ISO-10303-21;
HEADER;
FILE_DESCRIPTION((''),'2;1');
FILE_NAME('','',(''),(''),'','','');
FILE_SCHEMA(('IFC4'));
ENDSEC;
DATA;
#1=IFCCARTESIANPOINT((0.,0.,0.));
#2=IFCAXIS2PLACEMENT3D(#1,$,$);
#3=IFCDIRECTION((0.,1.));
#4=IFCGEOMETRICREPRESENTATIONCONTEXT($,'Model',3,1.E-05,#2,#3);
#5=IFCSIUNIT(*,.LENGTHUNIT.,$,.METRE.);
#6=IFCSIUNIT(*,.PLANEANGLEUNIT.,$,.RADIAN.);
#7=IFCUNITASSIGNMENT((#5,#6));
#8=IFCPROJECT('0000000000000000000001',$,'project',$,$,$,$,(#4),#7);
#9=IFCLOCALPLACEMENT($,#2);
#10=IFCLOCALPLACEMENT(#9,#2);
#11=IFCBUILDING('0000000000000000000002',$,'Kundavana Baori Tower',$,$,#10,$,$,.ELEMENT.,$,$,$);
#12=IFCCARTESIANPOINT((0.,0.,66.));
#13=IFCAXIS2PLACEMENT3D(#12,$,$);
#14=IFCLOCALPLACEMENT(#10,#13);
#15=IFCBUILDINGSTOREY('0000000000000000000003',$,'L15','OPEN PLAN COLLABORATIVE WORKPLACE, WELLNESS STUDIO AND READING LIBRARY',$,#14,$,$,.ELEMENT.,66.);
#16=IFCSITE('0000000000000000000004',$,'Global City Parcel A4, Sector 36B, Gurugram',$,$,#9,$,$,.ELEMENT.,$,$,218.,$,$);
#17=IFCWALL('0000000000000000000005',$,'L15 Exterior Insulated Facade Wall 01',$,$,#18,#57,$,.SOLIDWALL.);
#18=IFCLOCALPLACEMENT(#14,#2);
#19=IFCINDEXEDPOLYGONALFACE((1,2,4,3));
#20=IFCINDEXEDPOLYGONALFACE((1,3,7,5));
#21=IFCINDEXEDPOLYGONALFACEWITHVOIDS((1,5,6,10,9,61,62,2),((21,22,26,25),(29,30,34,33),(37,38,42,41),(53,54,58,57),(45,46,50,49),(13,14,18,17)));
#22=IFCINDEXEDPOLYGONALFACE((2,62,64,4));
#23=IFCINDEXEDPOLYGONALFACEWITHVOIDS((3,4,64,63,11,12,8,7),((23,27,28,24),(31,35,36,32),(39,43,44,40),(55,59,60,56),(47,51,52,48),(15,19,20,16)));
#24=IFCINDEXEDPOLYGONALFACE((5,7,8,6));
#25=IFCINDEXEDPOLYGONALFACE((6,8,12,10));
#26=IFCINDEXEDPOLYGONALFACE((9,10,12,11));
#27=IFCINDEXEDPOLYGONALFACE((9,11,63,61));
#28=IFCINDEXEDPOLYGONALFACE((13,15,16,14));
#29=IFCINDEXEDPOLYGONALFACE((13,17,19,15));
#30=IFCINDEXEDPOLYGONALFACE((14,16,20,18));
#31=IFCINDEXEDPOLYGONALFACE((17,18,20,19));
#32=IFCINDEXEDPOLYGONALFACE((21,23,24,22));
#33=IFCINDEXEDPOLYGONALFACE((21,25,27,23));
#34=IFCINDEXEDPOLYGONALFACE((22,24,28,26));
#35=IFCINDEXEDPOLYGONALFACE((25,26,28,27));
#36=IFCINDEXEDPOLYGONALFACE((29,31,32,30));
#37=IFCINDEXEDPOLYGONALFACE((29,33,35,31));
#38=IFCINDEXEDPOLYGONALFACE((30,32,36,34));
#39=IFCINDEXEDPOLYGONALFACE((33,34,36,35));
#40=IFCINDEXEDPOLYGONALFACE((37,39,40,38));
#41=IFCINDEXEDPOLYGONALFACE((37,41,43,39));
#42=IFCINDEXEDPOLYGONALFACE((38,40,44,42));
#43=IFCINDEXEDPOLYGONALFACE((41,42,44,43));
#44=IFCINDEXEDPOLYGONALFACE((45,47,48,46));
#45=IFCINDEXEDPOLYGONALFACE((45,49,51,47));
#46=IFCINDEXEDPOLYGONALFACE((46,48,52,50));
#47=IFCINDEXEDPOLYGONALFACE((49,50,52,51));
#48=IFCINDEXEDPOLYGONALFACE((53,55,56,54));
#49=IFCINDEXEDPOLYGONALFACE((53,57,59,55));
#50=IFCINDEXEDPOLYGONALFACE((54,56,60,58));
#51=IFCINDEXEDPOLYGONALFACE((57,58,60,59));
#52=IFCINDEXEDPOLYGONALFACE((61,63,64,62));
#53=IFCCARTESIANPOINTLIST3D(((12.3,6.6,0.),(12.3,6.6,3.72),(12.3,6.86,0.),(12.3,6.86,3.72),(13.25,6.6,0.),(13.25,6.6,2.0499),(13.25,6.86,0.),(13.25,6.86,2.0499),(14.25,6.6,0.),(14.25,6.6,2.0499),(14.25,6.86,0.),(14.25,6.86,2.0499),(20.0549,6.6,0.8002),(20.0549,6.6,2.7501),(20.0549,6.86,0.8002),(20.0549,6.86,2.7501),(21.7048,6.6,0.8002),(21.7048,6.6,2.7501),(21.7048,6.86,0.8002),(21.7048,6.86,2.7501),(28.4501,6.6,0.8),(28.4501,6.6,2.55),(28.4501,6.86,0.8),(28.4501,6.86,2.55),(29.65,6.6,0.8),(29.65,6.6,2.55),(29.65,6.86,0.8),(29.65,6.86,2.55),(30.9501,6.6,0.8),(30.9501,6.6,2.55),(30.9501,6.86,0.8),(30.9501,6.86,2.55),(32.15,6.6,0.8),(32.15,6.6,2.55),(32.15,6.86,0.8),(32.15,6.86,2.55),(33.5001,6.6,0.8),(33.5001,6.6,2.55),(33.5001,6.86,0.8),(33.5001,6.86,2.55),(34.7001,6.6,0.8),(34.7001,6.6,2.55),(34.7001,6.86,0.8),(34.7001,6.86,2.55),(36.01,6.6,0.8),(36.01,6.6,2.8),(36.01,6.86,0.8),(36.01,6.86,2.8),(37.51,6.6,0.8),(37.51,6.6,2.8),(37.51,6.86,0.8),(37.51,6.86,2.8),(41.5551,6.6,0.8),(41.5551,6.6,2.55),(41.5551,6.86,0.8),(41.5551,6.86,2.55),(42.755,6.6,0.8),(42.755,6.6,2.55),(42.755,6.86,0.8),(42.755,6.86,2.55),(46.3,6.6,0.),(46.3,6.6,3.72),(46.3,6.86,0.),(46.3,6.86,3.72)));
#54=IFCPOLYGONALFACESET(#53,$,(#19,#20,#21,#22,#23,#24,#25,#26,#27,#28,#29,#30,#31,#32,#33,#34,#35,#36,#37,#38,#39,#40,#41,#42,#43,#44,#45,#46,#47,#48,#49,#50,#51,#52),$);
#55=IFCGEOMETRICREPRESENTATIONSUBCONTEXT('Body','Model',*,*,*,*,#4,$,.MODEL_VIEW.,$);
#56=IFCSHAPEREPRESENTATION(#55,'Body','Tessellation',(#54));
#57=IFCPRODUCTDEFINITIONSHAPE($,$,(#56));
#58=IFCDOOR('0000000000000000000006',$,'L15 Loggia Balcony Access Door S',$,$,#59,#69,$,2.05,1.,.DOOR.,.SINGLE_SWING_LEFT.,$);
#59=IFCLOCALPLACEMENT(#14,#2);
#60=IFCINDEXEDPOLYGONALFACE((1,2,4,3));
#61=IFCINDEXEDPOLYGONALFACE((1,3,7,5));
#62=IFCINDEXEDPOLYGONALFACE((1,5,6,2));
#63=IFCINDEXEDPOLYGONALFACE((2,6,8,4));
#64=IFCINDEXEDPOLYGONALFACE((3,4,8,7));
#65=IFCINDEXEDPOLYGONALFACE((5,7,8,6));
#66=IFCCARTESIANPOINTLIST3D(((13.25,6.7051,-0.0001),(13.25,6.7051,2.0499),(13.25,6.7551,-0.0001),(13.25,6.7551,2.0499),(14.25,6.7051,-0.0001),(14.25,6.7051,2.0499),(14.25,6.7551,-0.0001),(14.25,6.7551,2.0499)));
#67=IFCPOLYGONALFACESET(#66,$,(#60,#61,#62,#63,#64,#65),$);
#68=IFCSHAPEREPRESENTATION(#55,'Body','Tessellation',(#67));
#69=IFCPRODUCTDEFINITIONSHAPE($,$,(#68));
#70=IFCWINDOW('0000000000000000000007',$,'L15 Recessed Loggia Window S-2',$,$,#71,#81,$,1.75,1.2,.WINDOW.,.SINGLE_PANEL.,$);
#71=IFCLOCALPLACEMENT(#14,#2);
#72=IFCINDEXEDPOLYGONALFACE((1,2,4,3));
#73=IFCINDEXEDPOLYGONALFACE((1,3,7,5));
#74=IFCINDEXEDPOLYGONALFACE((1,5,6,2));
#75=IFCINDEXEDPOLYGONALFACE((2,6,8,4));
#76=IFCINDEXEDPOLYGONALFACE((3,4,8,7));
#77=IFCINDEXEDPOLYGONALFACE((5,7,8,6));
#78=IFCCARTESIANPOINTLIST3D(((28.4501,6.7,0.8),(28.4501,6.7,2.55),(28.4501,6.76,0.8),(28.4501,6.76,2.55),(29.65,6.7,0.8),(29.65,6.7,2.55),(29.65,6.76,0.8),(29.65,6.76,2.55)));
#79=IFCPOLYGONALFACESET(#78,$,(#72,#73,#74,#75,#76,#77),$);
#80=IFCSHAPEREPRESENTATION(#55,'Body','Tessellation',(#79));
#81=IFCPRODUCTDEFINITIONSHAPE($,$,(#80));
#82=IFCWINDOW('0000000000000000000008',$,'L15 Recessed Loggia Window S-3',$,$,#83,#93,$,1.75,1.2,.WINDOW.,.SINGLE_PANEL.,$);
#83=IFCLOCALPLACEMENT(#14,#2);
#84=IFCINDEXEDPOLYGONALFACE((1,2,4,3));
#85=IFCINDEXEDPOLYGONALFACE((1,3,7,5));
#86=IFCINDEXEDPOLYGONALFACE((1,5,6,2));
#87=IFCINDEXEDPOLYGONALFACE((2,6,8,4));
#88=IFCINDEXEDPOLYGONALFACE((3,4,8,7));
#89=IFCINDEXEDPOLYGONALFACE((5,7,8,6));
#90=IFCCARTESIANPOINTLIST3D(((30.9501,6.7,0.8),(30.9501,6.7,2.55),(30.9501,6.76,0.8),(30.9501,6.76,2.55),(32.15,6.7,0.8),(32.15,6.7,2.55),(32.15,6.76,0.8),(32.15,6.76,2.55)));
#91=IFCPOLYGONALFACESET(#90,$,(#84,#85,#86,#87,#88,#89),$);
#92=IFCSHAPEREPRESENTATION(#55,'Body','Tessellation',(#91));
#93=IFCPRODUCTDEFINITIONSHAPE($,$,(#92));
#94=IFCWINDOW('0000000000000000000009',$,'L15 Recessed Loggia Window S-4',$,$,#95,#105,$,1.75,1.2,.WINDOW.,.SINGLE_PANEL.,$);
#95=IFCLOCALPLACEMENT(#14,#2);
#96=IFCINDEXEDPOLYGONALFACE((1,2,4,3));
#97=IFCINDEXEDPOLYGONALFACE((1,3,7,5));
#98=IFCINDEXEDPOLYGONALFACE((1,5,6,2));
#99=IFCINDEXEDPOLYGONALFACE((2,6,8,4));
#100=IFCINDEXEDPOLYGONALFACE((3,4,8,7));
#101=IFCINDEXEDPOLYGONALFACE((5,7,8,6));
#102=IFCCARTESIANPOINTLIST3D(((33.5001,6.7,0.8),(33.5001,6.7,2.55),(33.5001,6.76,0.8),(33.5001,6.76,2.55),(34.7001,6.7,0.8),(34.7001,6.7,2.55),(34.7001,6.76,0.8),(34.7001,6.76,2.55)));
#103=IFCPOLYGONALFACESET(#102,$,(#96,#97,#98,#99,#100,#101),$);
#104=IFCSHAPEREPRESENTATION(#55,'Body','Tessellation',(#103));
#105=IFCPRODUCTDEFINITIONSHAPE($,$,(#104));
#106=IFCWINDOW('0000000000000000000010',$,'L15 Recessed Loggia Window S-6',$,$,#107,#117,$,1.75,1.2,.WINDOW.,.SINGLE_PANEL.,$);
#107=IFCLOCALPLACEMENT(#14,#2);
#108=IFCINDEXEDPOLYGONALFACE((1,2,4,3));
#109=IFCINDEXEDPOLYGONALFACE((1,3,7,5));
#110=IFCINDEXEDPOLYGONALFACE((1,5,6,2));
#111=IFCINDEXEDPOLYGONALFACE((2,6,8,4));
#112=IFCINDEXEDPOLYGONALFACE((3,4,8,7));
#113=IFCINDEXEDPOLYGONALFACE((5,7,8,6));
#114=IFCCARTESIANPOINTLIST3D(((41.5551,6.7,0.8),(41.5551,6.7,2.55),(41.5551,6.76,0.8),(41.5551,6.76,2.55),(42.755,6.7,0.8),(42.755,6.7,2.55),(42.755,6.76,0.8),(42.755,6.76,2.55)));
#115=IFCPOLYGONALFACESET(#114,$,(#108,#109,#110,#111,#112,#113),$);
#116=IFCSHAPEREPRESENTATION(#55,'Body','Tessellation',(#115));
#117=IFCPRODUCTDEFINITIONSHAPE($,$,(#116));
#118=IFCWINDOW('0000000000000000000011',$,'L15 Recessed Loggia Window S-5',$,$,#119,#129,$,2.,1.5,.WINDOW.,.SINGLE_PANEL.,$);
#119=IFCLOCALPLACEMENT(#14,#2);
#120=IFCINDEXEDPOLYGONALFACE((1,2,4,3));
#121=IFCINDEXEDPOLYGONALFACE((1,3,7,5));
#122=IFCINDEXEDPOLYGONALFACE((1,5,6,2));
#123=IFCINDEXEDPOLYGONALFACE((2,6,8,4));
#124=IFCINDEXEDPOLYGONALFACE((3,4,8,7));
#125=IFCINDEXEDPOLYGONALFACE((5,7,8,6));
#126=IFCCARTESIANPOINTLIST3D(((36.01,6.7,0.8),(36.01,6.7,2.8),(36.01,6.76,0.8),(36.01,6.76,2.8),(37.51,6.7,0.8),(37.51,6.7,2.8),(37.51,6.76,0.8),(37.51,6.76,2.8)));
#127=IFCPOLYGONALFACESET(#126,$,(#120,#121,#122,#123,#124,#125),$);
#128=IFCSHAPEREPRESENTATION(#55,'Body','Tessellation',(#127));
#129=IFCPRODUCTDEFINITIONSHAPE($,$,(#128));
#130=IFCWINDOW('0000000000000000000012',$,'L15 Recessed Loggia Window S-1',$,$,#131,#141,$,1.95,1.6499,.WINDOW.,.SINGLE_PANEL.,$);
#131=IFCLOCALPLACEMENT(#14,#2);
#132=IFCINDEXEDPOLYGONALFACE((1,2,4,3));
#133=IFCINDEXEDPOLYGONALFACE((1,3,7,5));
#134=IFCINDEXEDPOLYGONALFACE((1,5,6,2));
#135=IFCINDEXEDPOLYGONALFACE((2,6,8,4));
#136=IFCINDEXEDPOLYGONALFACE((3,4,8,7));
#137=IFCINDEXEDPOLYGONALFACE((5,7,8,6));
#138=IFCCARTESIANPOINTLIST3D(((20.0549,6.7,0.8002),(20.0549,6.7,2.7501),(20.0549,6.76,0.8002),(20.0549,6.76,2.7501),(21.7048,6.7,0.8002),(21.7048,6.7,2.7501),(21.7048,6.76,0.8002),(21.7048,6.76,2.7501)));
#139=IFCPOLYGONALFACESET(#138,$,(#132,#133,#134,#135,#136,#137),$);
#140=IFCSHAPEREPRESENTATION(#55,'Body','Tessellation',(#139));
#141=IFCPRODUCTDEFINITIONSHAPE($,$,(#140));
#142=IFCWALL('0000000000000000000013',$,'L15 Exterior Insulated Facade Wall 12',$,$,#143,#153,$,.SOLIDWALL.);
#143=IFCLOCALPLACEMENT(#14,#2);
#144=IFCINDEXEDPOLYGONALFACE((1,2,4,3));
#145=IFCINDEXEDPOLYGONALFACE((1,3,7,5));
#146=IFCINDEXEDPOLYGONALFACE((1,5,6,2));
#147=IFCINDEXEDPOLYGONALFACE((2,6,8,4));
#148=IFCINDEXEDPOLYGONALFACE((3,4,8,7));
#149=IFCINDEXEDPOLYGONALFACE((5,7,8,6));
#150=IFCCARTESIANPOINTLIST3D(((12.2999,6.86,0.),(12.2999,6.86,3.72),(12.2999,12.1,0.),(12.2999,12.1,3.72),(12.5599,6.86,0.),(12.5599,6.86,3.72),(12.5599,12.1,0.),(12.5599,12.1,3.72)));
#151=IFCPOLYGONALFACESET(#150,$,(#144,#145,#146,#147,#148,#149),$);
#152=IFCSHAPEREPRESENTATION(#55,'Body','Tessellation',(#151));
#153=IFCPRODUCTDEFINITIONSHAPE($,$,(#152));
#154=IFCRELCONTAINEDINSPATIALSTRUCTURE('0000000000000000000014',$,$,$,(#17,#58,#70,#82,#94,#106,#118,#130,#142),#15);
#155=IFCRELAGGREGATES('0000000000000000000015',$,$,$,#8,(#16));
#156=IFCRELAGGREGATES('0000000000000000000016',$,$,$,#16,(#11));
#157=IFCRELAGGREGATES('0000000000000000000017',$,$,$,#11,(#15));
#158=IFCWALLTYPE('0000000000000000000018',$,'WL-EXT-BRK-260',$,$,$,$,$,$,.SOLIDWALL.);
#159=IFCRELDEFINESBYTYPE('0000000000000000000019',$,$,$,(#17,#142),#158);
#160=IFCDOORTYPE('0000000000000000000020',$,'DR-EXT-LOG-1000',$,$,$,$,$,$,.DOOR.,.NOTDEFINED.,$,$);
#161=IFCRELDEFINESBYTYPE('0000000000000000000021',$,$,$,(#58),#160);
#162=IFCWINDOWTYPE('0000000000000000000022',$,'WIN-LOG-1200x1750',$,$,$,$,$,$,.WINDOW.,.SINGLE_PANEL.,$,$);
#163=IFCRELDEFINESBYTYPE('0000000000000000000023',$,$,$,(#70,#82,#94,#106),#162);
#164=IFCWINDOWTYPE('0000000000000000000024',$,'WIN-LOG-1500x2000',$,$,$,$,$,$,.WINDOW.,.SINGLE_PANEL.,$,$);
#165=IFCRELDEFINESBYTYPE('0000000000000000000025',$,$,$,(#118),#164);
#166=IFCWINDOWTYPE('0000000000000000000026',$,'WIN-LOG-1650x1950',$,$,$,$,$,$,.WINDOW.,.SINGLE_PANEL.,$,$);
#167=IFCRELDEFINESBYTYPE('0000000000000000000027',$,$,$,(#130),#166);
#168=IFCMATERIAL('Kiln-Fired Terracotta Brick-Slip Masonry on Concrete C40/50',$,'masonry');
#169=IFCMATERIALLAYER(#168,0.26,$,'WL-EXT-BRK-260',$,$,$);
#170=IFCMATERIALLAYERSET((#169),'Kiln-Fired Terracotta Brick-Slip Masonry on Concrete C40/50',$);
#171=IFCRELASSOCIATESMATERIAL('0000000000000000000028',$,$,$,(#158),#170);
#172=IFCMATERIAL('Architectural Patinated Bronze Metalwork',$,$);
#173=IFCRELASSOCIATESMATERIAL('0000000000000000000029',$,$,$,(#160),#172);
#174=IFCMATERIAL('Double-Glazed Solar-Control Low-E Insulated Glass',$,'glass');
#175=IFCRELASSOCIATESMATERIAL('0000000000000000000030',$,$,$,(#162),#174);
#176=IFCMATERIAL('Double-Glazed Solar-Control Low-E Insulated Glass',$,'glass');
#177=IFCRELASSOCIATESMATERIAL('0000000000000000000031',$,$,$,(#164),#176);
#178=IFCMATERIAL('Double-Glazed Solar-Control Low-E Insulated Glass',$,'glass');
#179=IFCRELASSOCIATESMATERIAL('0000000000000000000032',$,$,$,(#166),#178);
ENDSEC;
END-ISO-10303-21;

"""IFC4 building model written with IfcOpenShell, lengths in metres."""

from ifc_helpers import new_model, si_unit, direction, frame, frame_2d, origin, place, context, subcontext, project, spatial, rectangle, extrude, material, layer, layer_set, type_object, element, fill, save


model = new_model("IFC4")

# Units and contexts
model_context = context("Model", 3, precision=1e-05, world=origin(), true_north=direction((0.0, 1.0)))
body_context = subcontext(model_context, "Body", "Model", "MODEL_VIEW")
ifc_project = project(units=[si_unit("LENGTHUNIT", "METRE"), si_unit("PLANEANGLEUNIT", "RADIAN")], contexts=[model_context])

# Site, building, storey
site_placement = place(None, origin())
site = spatial("IfcSite", under=ifc_project, at=site_placement, Name="Global City Parcel A4, Sector 36B, Gurugram", CompositionType="ELEMENT", RefElevation=218.0)
building_placement = place(site_placement, origin())
building = spatial("IfcBuilding", under=site, at=building_placement, Name="Kundavana Baori Tower", CompositionType="ELEMENT")
storey_placement = place(building_placement, frame((0.0, 0.0, 66.0)))
storey = spatial("IfcBuildingStorey", under=building, at=storey_placement, Name="L15", Description="OPEN PLAN COLLABORATIVE WORKPLACE, WELLNESS STUDIO AND READING LIBRARY", CompositionType="ELEMENT", Elevation=66.0)

# Wall, openings, door, windows
ifc_material_1 = material(Name="Kiln-Fired Terracotta Brick-Slip Masonry on Concrete C40/50", Category="masonry")
ifc_layer_1 = layer(ifc_material_1, 0.26, Name="WL-EXT-BRK-260")
ifc_layer_set_1 = layer_set([ifc_layer_1], Name="Kiln-Fired Terracotta Brick-Slip Masonry on Concrete C40/50")
wall_type_1 = type_object("IfcWallType", Name="WL-EXT-BRK-260", PredefinedType="SOLIDWALL", material=ifc_layer_set_1)
wall_1_placement = place(storey_placement, frame((12.3, 6.73, 0.0), z_axis=(0.0, 0.0, 1.0), x_axis=(1.0, 0.0, 0.0)))
wall_1 = element("IfcWall", 1, at=wall_1_placement, inside=storey, type_object=wall_type_1, Name="L15 Exterior Insulated Facade Wall 01", PredefinedType="SOLIDWALL", context=body_context, shape_type="SweptSolid", body=[
    extrude(rectangle(XDim=34.0, YDim=0.26, at=frame_2d((17.0, 0.0))), origin(), (0.0, 0.0, 1.0), 3.72),
])
opening_1_placement = place(wall_1_placement, frame((0.95, 0.0, 0.0)))
opening_1 = element("IfcOpeningElement", 2, at=opening_1_placement, cuts=wall_1, PredefinedType="OPENING", context=body_context, shape_type="SweptSolid", body=[
    extrude(rectangle(XDim=1.0, YDim=2.05, at=frame_2d((0.5, 1.0249))), frame((0.0, 0.1401, 0.0), z_axis=(0.0, -1.0, 0.0), x_axis=(1.0, 0.0, 0.0)), (0.0, 0.0, 1.0), 0.28),
])
opening_2_placement = place(wall_1_placement, frame((7.7549, 0.0, 0.8)))
opening_2 = element("IfcOpeningElement", 3, at=opening_2_placement, cuts=wall_1, PredefinedType="OPENING", context=body_context, shape_type="SweptSolid", body=[
    extrude(rectangle(XDim=1.6499, YDim=1.95, at=frame_2d((0.825, 0.9751))), frame((0.0, 0.1401, 0.0), z_axis=(0.0, -1.0, 0.0), x_axis=(1.0, 0.0, 0.0)), (0.0, 0.0, 1.0), 0.28),
])
opening_3_placement = place(wall_1_placement, frame((16.1499, 0.0, 0.8)))
opening_3 = element("IfcOpeningElement", 4, at=opening_3_placement, cuts=wall_1, PredefinedType="OPENING", context=body_context, shape_type="SweptSolid", body=[
    extrude(rectangle(XDim=1.2, YDim=1.75, at=frame_2d((0.6001, 0.875))), frame((0.0, 0.1401, 0.0), z_axis=(0.0, -1.0, 0.0), x_axis=(1.0, 0.0, 0.0)), (0.0, 0.0, 1.0), 0.28),
])
opening_4_placement = place(wall_1_placement, frame((18.6499, 0.0, 0.8)))
opening_4 = element("IfcOpeningElement", 5, at=opening_4_placement, cuts=wall_1, PredefinedType="OPENING", context=body_context, shape_type="SweptSolid", body=[
    extrude(rectangle(XDim=1.2, YDim=1.75, at=frame_2d((0.6001, 0.875))), frame((0.0, 0.1401, 0.0), z_axis=(0.0, -1.0, 0.0), x_axis=(1.0, 0.0, 0.0)), (0.0, 0.0, 1.0), 0.28),
])
opening_5_placement = place(wall_1_placement, frame((21.2, 0.0, 0.8)))
opening_5 = element("IfcOpeningElement", 6, at=opening_5_placement, cuts=wall_1, PredefinedType="OPENING", context=body_context, shape_type="SweptSolid", body=[
    extrude(rectangle(XDim=1.2, YDim=1.75, at=frame_2d((0.6001, 0.875))), frame((0.0, 0.1401, 0.0), z_axis=(0.0, -1.0, 0.0), x_axis=(1.0, 0.0, 0.0)), (0.0, 0.0, 1.0), 0.28),
])
opening_6_placement = place(wall_1_placement, frame((23.71, 0.0, 0.8)))
opening_6 = element("IfcOpeningElement", 7, at=opening_6_placement, cuts=wall_1, PredefinedType="OPENING", context=body_context, shape_type="SweptSolid", body=[
    extrude(rectangle(XDim=1.5, YDim=2.0, at=frame_2d((0.75, 1.0))), frame((0.0, 0.1401, 0.0), z_axis=(0.0, -1.0, 0.0), x_axis=(1.0, 0.0, 0.0)), (0.0, 0.0, 1.0), 0.28),
])
opening_7_placement = place(wall_1_placement, frame((29.2549, 0.0, 0.8)))
opening_7 = element("IfcOpeningElement", 8, at=opening_7_placement, cuts=wall_1, PredefinedType="OPENING", context=body_context, shape_type="SweptSolid", body=[
    extrude(rectangle(XDim=1.2, YDim=1.75, at=frame_2d((0.6001, 0.875))), frame((0.0, 0.1401, 0.0), z_axis=(0.0, -1.0, 0.0), x_axis=(1.0, 0.0, 0.0)), (0.0, 0.0, 1.0), 0.28),
])
ifc_material_2 = material(Name="Architectural Patinated Bronze Metalwork")
door_type_1 = type_object("IfcDoorType", Name="DR-EXT-LOG-1000", OperationType="NOTDEFINED", PredefinedType="DOOR", material=ifc_material_2)
door_1_placement = place(opening_1_placement, frame((1.0, 0.0, 0.0), z_axis=(0.0, 0.0, 1.0), x_axis=(-1.0, 0.0, 0.0)))
door_1 = element("IfcDoor", 9, at=door_1_placement, inside=storey, type_object=door_type_1, Name="L15 Loggia Balcony Access Door S", OperationType="SINGLE_SWING_LEFT", OverallHeight=2.05, OverallWidth=1.0, PredefinedType="DOOR", context=body_context, shape_type="SweptSolid", body=[
    extrude(rectangle(XDim=1.0, YDim=2.05, at=frame_2d((0.5, 1.0249))), frame((0.0, 0.0249, 0.0), z_axis=(0.0, -1.0, 0.0), x_axis=(1.0, 0.0, 0.0)), (0.0, 0.0, 1.0), 0.05),
])
fill(opening_1, door_1)
ifc_material_3 = material(Name="Double-Glazed Solar-Control Low-E Insulated Glass", Category="glass")
window_type_1 = type_object("IfcWindowType", Name="WIN-LOG-1200x1750", PartitioningType="SINGLE_PANEL", PredefinedType="WINDOW", material=ifc_material_3)
window_1_placement = place(opening_3_placement, origin())
window_1 = element("IfcWindow", 10, at=window_1_placement, inside=storey, type_object=window_type_1, Name="L15 Recessed Loggia Window S-2", OverallHeight=1.75, OverallWidth=1.2, PartitioningType="SINGLE_PANEL", PredefinedType="WINDOW", context=body_context, shape_type="SweptSolid", body=[
    extrude(rectangle(XDim=1.2, YDim=1.75, at=frame_2d((0.6001, 0.875))), frame((0.0, 0.03, 0.0), z_axis=(0.0, -1.0, 0.0), x_axis=(1.0, 0.0, 0.0)), (0.0, 0.0, 1.0), 0.0601),
])
fill(opening_3, window_1)
window_2_placement = place(opening_4_placement, origin())
window_2 = element("IfcWindow", 11, at=window_2_placement, inside=storey, type_object=window_type_1, Name="L15 Recessed Loggia Window S-3", OverallHeight=1.75, OverallWidth=1.2, PartitioningType="SINGLE_PANEL", PredefinedType="WINDOW", context=body_context, shape_type="SweptSolid", body=[
    extrude(rectangle(XDim=1.2, YDim=1.75, at=frame_2d((0.6001, 0.875))), frame((0.0, 0.03, 0.0), z_axis=(0.0, -1.0, 0.0), x_axis=(1.0, 0.0, 0.0)), (0.0, 0.0, 1.0), 0.0601),
])
fill(opening_4, window_2)
window_3_placement = place(opening_5_placement, origin())
window_3 = element("IfcWindow", 12, at=window_3_placement, inside=storey, type_object=window_type_1, Name="L15 Recessed Loggia Window S-4", OverallHeight=1.75, OverallWidth=1.2, PartitioningType="SINGLE_PANEL", PredefinedType="WINDOW", context=body_context, shape_type="SweptSolid", body=[
    extrude(rectangle(XDim=1.2, YDim=1.75, at=frame_2d((0.6001, 0.875))), frame((0.0, 0.03, 0.0), z_axis=(0.0, -1.0, 0.0), x_axis=(1.0, 0.0, 0.0)), (0.0, 0.0, 1.0), 0.0601),
])
fill(opening_5, window_3)
window_4_placement = place(opening_7_placement, origin())
window_4 = element("IfcWindow", 13, at=window_4_placement, inside=storey, type_object=window_type_1, Name="L15 Recessed Loggia Window S-6", OverallHeight=1.75, OverallWidth=1.2, PartitioningType="SINGLE_PANEL", PredefinedType="WINDOW", context=body_context, shape_type="SweptSolid", body=[
    extrude(rectangle(XDim=1.2, YDim=1.75, at=frame_2d((0.6001, 0.875))), frame((0.0, 0.03, 0.0), z_axis=(0.0, -1.0, 0.0), x_axis=(1.0, 0.0, 0.0)), (0.0, 0.0, 1.0), 0.0601),
])
fill(opening_7, window_4)
ifc_material_4 = material(Name="Double-Glazed Solar-Control Low-E Insulated Glass", Category="glass")
window_type_2 = type_object("IfcWindowType", Name="WIN-LOG-1500x2000", PartitioningType="SINGLE_PANEL", PredefinedType="WINDOW", material=ifc_material_4)
window_5_placement = place(opening_6_placement, origin())
window_5 = element("IfcWindow", 14, at=window_5_placement, inside=storey, type_object=window_type_2, Name="L15 Recessed Loggia Window S-5", OverallHeight=2.0, OverallWidth=1.5, PartitioningType="SINGLE_PANEL", PredefinedType="WINDOW", context=body_context, shape_type="SweptSolid", body=[
    extrude(rectangle(XDim=1.5, YDim=2.0, at=frame_2d((0.75, 1.0))), frame((0.0, 0.03, 0.0), z_axis=(0.0, -1.0, 0.0), x_axis=(1.0, 0.0, 0.0)), (0.0, 0.0, 1.0), 0.0601),
])
fill(opening_6, window_5)
ifc_material_5 = material(Name="Double-Glazed Solar-Control Low-E Insulated Glass", Category="glass")
window_type_3 = type_object("IfcWindowType", Name="WIN-LOG-1650x1950", PartitioningType="SINGLE_PANEL", PredefinedType="WINDOW", material=ifc_material_5)
window_6_placement = place(opening_2_placement, origin())
window_6 = element("IfcWindow", 15, at=window_6_placement, inside=storey, type_object=window_type_3, Name="L15 Recessed Loggia Window S-1", OverallHeight=1.95, OverallWidth=1.6499, PartitioningType="SINGLE_PANEL", PredefinedType="WINDOW", context=body_context, shape_type="SweptSolid", body=[
    extrude(rectangle(XDim=1.6499, YDim=1.95, at=frame_2d((0.825, 0.9751))), frame((0.0, 0.03, 0.0), z_axis=(0.0, -1.0, 0.0), x_axis=(1.0, 0.0, 0.0)), (0.0, 0.0, 1.0), 0.0601),
])
fill(opening_2, window_6)

# Wall
wall_2_placement = place(storey_placement, frame((12.4299, 12.1001, 0.0), z_axis=(0.0, 0.0, 1.0), x_axis=(0.0, -1.0, 0.0)))
element("IfcWall", 16, at=wall_2_placement, inside=storey, type_object=wall_type_1, Name="L15 Exterior Insulated Facade Wall 12", PredefinedType="SOLIDWALL", context=body_context, shape_type="SweptSolid", body=[
    extrude(rectangle(XDim=5.24, YDim=0.26, at=frame_2d((2.6201, 0.0))), origin(), (0.0, 0.0, 1.0), 3.72),
])

save(model, "model.ifc")
